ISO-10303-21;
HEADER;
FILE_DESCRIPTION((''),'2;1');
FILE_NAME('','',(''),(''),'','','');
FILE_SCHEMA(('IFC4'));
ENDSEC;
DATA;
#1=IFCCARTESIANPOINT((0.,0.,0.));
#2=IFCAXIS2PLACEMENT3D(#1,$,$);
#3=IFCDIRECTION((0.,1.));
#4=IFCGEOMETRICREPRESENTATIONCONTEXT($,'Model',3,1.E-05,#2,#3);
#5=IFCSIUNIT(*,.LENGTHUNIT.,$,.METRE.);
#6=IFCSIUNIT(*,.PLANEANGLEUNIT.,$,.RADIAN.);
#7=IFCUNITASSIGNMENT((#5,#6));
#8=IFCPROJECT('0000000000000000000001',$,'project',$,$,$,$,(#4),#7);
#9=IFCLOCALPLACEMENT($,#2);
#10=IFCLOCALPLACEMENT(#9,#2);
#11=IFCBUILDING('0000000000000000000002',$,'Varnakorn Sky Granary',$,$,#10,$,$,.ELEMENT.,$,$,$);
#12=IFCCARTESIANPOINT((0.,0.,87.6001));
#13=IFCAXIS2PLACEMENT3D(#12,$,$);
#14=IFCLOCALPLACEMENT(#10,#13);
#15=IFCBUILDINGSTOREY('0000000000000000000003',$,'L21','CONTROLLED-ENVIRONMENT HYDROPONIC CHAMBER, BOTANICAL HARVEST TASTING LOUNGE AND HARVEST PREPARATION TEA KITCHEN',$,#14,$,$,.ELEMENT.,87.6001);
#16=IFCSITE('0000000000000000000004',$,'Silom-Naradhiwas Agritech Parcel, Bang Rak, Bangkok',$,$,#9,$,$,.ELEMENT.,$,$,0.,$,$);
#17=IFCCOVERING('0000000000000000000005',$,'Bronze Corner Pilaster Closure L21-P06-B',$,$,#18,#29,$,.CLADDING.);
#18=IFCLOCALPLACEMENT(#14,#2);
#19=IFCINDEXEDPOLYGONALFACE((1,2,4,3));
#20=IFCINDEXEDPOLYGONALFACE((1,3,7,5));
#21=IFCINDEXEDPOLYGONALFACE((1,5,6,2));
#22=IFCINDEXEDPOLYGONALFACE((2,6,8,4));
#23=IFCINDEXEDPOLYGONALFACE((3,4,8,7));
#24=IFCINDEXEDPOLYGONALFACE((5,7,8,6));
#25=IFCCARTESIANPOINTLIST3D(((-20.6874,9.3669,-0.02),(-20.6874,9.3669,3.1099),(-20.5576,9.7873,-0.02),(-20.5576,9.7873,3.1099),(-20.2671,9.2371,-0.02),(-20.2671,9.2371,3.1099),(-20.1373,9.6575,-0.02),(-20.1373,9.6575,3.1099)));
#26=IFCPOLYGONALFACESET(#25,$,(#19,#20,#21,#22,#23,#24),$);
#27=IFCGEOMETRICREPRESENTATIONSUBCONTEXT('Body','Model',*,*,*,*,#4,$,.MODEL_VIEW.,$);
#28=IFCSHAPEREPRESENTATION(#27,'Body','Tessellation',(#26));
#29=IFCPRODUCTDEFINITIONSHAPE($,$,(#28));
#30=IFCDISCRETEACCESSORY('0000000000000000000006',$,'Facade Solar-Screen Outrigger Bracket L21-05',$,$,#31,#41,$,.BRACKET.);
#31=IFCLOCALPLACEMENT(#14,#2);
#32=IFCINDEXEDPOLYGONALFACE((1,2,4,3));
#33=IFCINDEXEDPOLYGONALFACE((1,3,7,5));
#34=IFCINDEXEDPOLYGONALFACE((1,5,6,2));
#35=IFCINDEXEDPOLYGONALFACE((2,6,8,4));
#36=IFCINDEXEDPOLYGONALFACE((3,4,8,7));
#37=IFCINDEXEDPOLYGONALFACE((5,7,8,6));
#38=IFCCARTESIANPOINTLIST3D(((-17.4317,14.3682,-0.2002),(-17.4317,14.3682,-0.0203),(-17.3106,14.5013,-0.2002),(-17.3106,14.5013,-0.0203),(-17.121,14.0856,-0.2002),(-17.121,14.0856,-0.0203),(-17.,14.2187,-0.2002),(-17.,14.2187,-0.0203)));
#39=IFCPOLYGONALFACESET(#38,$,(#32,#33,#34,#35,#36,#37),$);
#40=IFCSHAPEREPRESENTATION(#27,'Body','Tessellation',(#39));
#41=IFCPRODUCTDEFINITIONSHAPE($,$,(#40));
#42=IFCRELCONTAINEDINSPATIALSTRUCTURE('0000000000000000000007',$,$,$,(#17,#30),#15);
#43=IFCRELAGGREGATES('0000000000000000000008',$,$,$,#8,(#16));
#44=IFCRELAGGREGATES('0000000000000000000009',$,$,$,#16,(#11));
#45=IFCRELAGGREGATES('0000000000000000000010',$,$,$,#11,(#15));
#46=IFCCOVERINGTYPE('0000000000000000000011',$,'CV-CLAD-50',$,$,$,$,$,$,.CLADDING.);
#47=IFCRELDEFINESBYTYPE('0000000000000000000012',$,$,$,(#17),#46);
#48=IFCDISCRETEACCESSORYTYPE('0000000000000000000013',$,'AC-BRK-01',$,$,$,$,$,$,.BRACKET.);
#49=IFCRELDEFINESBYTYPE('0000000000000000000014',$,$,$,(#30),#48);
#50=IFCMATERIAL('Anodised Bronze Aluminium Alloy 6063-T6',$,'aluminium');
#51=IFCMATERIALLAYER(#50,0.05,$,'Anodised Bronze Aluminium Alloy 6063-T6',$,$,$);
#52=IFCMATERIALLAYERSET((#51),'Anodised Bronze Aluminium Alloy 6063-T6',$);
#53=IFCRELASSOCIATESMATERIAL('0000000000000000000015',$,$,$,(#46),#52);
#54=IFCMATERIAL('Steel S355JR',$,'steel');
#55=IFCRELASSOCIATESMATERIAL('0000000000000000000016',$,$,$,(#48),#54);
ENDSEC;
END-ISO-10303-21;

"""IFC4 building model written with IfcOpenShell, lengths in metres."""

from ifc_helpers import new_model, si_unit, direction, frame, origin, origin_2d, place, context, subcontext, project, spatial, rectangle, extrude, source, transform, mapped, material, layer, layer_set, type_object, type_shapes, element, save


model = new_model("IFC4")

# Units and contexts
model_context = context("Model", 3, precision=1e-05, world=origin(), true_north=direction((0.0, 1.0)))
body_context = subcontext(model_context, "Body", "Model", "MODEL_VIEW")
ifc_project = project(units=[si_unit("LENGTHUNIT", "METRE"), si_unit("PLANEANGLEUNIT", "RADIAN")], contexts=[model_context])

# Site, building, storey
site_placement = place(None, origin())
site = spatial("IfcSite", under=ifc_project, at=site_placement, Name="Silom-Naradhiwas Agritech Parcel, Bang Rak, Bangkok", CompositionType="ELEMENT", RefElevation=0.0)
building_placement = place(site_placement, origin())
building = spatial("IfcBuilding", under=site, at=building_placement, Name="Varnakorn Sky Granary", CompositionType="ELEMENT")
storey_placement = place(building_placement, frame((0.0, 0.0, 87.6001)))
storey = spatial("IfcBuildingStorey", under=building, at=storey_placement, Name="L21", Description="CONTROLLED-ENVIRONMENT HYDROPONIC CHAMBER, BOTANICAL HARVEST TASTING LOUNGE AND HARVEST PREPARATION TEA KITCHEN", CompositionType="ELEMENT", Elevation=87.6001)

# Shared definitions
ifc_material_1 = material(Name="Steel S355JR", Category="steel")

# Shared definitions
ifc_material_2 = material(Name="Anodised Bronze Aluminium Alloy 6063-T6", Category="aluminium")

# Covering
ifc_layer_1 = layer(ifc_material_2, 0.05, Name="Anodised Bronze Aluminium Alloy 6063-T6")
ifc_layer_set_1 = layer_set([ifc_layer_1], Name="Anodised Bronze Aluminium Alloy 6063-T6")
covering_type = type_object("IfcCoveringType", Name="CV-CLAD-50", PredefinedType="CLADDING", material=ifc_layer_set_1)
shared_shape_1 = source(origin(), body_context, "Body", "SweptSolid", [
    extrude(rectangle(XDim=0.4399, YDim=0.4399, at=origin_2d()), origin(), (0.0, 0.0, 1.0), 3.1299),
])
type_shapes(covering_type, [shared_shape_1])
covering_placement = place(storey_placement, frame((-20.4124, 9.5122, -0.02), z_axis=(0.0, 0.0, 1.0), x_axis=(0.295041, 0.955485, 0.0)))
element("IfcCovering", 1, at=covering_placement, inside=storey, type_object=covering_type, Name="Bronze Corner Pilaster Closure L21-P06-B", PredefinedType="CLADDING", context=body_context, shape_type="MappedRepresentation", body=[
    mapped(shared_shape_1, transform((0.0, 0.0, 0.0), x_axis=(1.0, 0.0, 0.0), y_axis=(0.0, 1.0, 0.0), z_axis=(0.0, 0.0, 1.0), scale=1.0)),
])

# Discrete accessory
discrete_accessory_type = type_object("IfcDiscreteAccessoryType", Name="AC-BRK-01", PredefinedType="BRACKET", material=ifc_material_1)
shared_shape_2 = source(origin(), body_context, "Body", "SweptSolid", [
    extrude(rectangle(XDim=0.1799, YDim=0.4199, at=origin_2d()), origin(), (0.0, 0.0, 1.0), 0.1799),
])
type_shapes(discrete_accessory_type, [shared_shape_2])
discrete_accessory_placement = place(storey_placement, frame((-17.2158, 14.2935, -0.2002), z_axis=(0.0, 0.0, 1.0), x_axis=(-0.672837, -0.739791, 0.0)))
element("IfcDiscreteAccessory", 2, at=discrete_accessory_placement, inside=storey, type_object=discrete_accessory_type, Name="Facade Solar-Screen Outrigger Bracket L21-05", PredefinedType="BRACKET", context=body_context, shape_type="MappedRepresentation", body=[
    mapped(shared_shape_2, transform((0.0, 0.0, 0.0), x_axis=(1.0, 0.0, 0.0), y_axis=(0.0, 1.0, 0.0), z_axis=(0.0, 0.0, 1.0), scale=1.0)),
])

save(model, "model.ifc")
